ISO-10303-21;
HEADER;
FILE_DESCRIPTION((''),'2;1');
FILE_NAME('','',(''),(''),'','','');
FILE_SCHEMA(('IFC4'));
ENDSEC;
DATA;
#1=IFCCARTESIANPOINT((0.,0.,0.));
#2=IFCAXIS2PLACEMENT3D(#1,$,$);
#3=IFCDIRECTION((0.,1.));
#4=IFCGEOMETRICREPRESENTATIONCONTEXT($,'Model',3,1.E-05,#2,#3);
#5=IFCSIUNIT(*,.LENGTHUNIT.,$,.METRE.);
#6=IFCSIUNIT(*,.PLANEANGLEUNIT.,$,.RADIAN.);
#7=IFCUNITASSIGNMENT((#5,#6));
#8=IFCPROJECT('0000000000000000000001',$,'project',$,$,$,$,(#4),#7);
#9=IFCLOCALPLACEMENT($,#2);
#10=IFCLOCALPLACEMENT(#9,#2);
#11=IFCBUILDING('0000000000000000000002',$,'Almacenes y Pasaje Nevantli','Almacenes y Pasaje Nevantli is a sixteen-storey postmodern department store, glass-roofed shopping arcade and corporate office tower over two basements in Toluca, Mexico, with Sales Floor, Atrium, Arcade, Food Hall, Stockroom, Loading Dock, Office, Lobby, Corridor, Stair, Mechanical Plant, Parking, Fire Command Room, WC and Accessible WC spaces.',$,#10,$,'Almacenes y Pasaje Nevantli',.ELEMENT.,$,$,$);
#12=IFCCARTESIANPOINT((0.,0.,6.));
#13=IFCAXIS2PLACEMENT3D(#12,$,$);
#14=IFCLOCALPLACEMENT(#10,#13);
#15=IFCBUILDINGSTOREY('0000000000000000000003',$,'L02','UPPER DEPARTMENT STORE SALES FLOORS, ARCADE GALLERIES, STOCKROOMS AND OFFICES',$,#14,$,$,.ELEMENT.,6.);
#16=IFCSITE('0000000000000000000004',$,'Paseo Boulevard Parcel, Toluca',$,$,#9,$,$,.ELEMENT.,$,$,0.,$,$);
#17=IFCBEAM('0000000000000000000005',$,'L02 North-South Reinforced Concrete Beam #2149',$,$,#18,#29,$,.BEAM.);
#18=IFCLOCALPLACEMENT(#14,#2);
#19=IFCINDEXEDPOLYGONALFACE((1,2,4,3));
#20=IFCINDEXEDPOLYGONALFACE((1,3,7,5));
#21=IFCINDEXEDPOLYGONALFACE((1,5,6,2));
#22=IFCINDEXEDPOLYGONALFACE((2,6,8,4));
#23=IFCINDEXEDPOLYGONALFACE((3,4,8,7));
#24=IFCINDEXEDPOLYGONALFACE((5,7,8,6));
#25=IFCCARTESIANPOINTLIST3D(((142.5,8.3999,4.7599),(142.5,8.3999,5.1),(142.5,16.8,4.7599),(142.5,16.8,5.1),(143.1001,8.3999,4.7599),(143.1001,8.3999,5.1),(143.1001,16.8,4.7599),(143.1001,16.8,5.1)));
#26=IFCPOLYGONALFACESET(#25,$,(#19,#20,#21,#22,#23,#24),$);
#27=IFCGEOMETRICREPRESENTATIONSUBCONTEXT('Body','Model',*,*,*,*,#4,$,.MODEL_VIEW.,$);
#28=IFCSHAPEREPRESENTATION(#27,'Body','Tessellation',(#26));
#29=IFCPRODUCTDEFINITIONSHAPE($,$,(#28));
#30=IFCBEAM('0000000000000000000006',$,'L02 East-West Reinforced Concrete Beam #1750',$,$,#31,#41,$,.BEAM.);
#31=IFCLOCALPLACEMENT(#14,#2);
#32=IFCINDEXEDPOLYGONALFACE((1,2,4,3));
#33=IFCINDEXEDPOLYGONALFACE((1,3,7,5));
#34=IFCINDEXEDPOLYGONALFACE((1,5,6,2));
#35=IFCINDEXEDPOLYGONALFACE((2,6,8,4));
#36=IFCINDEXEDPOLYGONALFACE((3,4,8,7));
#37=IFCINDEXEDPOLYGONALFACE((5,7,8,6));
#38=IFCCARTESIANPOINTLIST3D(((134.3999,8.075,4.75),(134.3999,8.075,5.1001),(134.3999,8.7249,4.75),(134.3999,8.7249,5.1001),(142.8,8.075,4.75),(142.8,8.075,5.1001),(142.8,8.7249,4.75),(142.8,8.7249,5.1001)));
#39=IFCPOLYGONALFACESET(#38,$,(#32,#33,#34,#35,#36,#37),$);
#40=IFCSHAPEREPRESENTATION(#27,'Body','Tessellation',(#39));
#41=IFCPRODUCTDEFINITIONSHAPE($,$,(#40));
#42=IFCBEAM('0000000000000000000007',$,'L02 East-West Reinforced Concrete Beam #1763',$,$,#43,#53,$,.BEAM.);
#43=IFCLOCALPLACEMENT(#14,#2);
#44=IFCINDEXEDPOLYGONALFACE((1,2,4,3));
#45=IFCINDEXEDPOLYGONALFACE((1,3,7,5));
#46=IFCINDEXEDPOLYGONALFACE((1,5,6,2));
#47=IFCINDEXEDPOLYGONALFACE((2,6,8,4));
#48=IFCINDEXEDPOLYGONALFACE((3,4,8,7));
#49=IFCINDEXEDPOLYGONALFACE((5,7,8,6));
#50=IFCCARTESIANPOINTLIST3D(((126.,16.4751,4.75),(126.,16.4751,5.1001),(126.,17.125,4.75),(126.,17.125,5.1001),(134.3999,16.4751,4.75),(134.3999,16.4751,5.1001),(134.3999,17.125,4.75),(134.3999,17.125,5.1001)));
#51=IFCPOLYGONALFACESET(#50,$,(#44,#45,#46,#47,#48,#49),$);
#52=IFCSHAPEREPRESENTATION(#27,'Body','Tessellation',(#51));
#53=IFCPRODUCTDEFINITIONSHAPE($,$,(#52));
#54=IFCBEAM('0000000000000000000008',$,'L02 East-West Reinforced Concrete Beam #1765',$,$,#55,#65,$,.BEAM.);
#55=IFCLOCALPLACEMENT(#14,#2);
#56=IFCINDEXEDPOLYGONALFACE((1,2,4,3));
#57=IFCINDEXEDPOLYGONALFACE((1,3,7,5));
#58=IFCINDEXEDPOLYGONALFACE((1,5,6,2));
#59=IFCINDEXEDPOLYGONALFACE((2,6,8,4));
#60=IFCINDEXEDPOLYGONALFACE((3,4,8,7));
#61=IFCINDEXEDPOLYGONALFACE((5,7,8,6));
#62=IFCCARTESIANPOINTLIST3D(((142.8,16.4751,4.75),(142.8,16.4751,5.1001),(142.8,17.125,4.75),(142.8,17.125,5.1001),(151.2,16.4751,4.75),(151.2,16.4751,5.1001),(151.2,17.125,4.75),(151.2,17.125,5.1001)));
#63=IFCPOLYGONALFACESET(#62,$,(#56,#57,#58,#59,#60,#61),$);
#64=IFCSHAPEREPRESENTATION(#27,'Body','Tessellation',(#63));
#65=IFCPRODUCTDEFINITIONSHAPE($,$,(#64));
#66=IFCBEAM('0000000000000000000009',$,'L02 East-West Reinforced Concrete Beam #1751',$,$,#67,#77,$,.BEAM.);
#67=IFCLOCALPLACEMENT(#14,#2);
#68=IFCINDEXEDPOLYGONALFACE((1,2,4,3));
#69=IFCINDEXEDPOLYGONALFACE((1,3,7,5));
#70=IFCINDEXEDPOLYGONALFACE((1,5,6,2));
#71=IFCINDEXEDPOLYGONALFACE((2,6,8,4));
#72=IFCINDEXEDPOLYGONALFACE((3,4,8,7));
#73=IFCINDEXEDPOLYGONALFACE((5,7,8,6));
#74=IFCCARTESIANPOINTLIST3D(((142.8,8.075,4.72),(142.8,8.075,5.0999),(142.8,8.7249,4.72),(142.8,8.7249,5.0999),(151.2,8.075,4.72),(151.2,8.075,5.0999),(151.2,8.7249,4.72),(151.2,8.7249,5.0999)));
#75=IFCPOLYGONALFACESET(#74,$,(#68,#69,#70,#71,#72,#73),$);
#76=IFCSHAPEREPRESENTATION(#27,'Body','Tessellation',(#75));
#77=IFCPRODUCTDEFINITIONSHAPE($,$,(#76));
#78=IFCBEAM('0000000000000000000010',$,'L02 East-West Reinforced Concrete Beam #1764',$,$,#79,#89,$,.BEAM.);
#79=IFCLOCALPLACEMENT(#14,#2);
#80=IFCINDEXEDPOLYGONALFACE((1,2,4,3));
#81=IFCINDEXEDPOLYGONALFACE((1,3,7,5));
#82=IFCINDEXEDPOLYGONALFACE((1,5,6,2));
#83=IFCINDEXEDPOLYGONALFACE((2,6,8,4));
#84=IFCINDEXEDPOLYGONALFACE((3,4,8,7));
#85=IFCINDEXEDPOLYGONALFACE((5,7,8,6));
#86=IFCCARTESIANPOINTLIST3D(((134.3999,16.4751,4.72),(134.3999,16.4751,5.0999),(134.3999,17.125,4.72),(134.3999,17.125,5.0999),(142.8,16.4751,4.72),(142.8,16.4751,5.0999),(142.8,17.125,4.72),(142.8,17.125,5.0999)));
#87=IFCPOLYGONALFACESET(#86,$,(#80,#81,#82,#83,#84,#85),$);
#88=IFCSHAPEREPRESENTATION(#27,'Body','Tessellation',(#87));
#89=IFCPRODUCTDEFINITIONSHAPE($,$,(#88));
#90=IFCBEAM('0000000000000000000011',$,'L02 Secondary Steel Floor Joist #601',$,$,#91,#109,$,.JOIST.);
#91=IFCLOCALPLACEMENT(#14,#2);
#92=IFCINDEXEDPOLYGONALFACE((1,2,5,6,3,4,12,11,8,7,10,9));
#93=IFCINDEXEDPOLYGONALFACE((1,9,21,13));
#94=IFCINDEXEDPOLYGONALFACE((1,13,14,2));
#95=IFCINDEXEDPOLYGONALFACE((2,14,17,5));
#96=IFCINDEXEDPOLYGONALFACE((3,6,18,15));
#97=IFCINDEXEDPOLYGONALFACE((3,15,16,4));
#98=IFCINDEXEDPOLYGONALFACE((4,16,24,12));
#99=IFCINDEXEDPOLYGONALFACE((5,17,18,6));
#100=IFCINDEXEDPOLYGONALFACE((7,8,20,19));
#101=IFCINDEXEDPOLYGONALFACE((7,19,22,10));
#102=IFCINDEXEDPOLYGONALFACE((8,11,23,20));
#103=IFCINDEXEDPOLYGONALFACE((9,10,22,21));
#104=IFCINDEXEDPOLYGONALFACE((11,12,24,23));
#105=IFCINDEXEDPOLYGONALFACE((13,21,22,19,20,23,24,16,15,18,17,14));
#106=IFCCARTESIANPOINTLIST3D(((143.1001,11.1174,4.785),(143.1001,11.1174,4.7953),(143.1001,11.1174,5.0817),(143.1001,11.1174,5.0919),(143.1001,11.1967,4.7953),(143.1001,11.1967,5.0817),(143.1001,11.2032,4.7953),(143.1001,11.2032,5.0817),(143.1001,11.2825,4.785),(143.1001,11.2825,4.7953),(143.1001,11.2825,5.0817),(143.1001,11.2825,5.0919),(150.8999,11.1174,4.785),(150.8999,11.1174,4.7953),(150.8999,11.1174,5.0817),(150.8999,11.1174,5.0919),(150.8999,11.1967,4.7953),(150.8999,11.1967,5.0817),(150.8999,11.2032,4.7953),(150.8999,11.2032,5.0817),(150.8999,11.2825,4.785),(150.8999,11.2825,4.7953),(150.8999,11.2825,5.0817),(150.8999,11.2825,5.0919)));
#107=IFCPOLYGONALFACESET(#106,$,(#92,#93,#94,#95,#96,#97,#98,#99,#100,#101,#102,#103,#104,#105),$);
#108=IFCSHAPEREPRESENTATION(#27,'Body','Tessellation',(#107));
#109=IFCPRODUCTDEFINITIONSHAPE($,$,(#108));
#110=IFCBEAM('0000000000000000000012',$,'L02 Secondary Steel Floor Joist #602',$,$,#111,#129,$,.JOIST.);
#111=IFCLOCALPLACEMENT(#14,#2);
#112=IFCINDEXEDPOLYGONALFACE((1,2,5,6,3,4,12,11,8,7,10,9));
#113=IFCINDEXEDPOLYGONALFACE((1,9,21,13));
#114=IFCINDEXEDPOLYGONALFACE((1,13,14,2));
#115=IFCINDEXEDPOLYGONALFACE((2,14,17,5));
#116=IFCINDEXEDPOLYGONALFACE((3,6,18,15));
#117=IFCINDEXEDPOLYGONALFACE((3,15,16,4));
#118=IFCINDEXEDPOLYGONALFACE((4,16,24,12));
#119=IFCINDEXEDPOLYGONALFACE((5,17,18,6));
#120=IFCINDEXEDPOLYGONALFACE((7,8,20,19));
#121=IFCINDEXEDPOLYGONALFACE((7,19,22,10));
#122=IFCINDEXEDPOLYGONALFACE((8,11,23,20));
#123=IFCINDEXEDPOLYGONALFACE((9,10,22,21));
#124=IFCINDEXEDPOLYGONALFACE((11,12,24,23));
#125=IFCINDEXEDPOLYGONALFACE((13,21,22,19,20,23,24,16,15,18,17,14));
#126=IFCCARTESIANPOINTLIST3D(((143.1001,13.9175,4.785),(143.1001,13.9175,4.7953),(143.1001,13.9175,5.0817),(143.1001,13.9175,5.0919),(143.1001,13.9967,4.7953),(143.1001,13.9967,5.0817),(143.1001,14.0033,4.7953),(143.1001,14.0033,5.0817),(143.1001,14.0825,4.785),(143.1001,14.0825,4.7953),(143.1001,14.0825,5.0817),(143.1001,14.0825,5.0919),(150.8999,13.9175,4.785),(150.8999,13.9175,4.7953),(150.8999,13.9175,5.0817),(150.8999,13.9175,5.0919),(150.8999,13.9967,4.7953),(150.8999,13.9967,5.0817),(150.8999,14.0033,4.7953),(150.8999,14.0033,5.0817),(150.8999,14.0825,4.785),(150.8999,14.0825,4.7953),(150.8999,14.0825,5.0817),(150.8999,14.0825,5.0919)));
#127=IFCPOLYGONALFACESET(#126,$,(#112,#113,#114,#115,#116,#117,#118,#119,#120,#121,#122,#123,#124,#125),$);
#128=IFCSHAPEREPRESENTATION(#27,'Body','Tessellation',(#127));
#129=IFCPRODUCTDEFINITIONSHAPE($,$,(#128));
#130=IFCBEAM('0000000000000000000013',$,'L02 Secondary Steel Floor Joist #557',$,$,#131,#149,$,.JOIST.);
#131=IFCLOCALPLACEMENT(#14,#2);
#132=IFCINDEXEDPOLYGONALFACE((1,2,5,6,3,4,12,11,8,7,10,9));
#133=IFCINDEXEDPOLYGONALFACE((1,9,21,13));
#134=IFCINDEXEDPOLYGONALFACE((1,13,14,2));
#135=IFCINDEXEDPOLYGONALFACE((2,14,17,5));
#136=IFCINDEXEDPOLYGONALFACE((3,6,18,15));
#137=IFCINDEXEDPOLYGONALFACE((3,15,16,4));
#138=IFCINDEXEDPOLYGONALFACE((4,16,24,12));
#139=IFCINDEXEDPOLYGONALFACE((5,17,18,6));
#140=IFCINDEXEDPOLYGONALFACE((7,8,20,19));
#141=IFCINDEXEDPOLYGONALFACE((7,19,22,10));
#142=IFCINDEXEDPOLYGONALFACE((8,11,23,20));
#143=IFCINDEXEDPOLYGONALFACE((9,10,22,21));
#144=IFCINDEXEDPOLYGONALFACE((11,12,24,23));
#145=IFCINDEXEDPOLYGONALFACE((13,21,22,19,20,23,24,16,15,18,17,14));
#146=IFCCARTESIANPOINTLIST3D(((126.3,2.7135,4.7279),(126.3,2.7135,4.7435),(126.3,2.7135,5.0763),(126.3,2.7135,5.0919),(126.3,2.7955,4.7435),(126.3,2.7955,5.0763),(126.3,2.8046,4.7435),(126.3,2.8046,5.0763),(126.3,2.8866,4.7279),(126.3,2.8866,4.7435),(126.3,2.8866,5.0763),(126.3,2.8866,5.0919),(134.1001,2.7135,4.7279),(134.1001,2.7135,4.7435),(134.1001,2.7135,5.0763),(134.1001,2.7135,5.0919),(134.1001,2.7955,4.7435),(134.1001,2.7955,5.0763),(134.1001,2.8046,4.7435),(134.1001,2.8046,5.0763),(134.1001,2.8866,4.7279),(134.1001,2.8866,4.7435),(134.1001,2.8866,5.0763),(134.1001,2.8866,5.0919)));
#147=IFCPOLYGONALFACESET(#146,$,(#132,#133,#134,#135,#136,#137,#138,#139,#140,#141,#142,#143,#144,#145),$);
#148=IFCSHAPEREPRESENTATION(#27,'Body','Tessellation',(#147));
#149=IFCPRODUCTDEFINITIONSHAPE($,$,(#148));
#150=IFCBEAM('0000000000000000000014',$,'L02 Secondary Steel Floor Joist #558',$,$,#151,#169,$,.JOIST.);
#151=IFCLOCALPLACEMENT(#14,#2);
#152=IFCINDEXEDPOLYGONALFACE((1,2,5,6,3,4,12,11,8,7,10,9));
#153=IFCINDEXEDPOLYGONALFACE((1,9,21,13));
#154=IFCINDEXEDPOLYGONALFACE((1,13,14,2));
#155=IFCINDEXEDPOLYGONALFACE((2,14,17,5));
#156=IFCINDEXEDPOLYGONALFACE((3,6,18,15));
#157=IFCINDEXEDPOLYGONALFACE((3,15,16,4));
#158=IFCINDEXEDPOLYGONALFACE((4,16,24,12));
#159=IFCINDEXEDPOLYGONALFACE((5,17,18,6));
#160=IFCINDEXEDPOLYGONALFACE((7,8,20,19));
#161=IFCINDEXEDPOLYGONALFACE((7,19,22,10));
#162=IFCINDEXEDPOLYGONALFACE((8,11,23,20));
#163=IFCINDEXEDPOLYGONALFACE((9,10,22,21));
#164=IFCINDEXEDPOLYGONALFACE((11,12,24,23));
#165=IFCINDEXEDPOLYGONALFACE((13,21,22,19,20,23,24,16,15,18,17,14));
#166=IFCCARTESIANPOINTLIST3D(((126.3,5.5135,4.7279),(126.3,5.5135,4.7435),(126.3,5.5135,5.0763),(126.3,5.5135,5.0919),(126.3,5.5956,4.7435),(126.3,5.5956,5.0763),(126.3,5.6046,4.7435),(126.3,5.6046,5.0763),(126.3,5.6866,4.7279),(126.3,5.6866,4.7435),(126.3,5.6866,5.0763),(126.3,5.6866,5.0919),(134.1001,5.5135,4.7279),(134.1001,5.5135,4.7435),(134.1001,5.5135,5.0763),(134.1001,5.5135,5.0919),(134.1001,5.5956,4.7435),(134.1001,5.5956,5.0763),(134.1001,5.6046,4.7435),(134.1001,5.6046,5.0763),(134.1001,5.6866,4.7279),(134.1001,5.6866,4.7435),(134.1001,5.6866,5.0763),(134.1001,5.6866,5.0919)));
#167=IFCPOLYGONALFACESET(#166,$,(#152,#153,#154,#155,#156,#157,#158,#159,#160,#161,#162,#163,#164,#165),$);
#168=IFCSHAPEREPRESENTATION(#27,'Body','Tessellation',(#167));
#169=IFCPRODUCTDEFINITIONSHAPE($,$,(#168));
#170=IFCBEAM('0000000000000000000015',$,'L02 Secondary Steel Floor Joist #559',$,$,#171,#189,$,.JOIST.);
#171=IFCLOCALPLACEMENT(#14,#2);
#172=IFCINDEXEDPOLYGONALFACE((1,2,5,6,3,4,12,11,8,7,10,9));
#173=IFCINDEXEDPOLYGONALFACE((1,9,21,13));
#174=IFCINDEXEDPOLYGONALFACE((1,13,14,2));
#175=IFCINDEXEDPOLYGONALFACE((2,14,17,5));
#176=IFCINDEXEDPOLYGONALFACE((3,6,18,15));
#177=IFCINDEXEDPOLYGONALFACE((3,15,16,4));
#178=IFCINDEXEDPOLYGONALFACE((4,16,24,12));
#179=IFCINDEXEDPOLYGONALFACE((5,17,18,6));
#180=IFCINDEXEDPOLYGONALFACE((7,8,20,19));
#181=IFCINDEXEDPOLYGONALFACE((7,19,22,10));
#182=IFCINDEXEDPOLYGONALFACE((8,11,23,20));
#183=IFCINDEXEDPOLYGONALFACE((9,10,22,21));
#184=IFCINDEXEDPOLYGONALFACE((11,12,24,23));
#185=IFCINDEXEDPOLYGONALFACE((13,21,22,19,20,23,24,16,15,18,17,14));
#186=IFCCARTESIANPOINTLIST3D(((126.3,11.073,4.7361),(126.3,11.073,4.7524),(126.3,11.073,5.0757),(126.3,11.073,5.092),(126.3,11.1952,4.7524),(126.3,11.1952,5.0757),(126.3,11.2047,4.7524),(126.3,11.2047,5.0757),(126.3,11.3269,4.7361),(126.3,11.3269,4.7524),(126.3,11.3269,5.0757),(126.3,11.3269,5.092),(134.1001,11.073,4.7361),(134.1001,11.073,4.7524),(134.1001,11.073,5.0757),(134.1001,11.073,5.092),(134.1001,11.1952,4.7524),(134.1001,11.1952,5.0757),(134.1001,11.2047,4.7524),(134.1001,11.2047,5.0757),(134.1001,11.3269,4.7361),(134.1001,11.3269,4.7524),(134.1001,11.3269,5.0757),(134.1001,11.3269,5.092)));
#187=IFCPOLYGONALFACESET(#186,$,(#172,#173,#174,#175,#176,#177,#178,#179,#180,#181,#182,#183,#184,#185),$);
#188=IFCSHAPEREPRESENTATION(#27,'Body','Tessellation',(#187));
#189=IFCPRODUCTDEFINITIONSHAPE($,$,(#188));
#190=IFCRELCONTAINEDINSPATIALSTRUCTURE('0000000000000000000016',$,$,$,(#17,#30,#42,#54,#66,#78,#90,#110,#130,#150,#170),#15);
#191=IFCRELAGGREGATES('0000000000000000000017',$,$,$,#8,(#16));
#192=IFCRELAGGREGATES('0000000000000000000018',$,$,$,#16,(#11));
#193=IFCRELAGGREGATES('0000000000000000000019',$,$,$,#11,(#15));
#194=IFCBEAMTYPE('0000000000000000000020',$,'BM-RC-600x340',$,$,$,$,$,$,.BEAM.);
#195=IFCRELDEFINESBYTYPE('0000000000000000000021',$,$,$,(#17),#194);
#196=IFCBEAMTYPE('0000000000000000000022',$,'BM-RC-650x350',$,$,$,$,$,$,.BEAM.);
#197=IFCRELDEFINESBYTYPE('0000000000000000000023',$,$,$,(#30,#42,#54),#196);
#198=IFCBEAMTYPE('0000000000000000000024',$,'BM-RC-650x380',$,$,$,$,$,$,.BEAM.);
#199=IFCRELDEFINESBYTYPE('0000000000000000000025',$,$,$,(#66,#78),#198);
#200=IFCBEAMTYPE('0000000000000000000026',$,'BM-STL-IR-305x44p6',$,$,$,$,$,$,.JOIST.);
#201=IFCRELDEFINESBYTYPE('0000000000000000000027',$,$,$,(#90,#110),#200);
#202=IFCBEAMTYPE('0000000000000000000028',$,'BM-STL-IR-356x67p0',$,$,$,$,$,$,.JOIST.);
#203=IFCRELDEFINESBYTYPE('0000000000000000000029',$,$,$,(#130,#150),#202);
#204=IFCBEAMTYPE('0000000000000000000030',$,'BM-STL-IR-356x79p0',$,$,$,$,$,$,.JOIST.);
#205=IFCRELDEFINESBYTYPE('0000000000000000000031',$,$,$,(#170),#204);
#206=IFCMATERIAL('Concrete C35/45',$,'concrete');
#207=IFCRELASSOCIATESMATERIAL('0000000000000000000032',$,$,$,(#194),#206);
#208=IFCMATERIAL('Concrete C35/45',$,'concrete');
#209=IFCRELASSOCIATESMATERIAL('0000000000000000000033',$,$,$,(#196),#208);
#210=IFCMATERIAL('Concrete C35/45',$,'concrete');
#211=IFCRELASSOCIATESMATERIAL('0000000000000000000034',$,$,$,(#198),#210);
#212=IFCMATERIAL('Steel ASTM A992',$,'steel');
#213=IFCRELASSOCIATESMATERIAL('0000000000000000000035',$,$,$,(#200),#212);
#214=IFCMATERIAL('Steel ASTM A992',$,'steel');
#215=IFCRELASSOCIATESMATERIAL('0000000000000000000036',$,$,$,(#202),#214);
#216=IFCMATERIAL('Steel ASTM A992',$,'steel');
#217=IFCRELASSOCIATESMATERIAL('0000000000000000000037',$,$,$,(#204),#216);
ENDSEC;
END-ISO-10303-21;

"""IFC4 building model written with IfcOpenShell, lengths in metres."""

from ifc_helpers import new_model, si_unit, direction, frame, origin, origin_2d, place, context, subcontext, project, spatial, rectangle, i_section, extrude, material, material_profile, profile_set, type_object, element, save


model = new_model("IFC4")

# Units and contexts
model_context = context("Model", 3, precision=1e-05, world=origin(), true_north=direction((0.0, 1.0)))
body_context = subcontext(model_context, "Body", "Model", "MODEL_VIEW")
ifc_project = project(units=[si_unit("LENGTHUNIT", "METRE"), si_unit("PLANEANGLEUNIT", "RADIAN")], contexts=[model_context])

# Site, building, storey
site_placement = place(None, origin())
site = spatial("IfcSite", under=ifc_project, at=site_placement, Name="Paseo Boulevard Parcel, Toluca", CompositionType="ELEMENT", RefElevation=0.0)
building_placement = place(site_placement, origin())
building = spatial("IfcBuilding", under=site, at=building_placement, Name="Almacenes y Pasaje Nevantli", Description="Almacenes y Pasaje Nevantli is a sixteen-storey postmodern department store, glass-roofed shopping arcade and corporate office tower over two basements in Toluca, Mexico, with Sales Floor, Atrium, Arcade, Food Hall, Stockroom, Loading Dock, Office, Lobby, Corridor, Stair, Mechanical Plant, Parking, Fire Command Room, WC and Accessible WC spaces.", LongName="Almacenes y Pasaje Nevantli", CompositionType="ELEMENT")
storey_placement = place(building_placement, frame((0.0, 0.0, 6.0)))
storey = spatial("IfcBuildingStorey", under=building, at=storey_placement, Name="L02", Description="UPPER DEPARTMENT STORE SALES FLOORS, ARCADE GALLERIES, STOCKROOMS AND OFFICES", CompositionType="ELEMENT", Elevation=6.0)

# Beams
ifc_material_1 = material(Name="Concrete C35/45", Category="concrete")
ifc_material_profile_1 = material_profile(ifc_material_1, rectangle(XDim=0.6001, YDim=0.3401, at=origin_2d()), Name="RC-BM-600x340")
ifc_profile_set_1 = profile_set([ifc_material_profile_1], Name="Concrete C35/45")
beam_type_1 = type_object("IfcBeamType", Name="BM-RC-600x340", PredefinedType="BEAM", material=ifc_profile_set_1)
beam_1_placement = place(storey_placement, frame((142.8, 8.3999, 4.9299), z_axis=(0.0, 1.0, 0.0), x_axis=(-1.0, 0.0, 0.0)))
element("IfcBeam", 1, at=beam_1_placement, inside=storey, type_object=beam_type_1, Name="L02 North-South Reinforced Concrete Beam #2149", PredefinedType="BEAM", context=body_context, shape_type="SweptSolid", body=[
    extrude(rectangle(XDim=0.6001, YDim=0.3401, at=origin_2d()), origin(), (0.0, 0.0, 1.0), 8.4001),
])
ifc_material_2 = material(Name="Concrete C35/45", Category="concrete")
ifc_material_profile_2 = material_profile(ifc_material_2, rectangle(XDim=0.6499, YDim=0.3501, at=origin_2d()), Name="RC-BM-650x350")
ifc_profile_set_2 = profile_set([ifc_material_profile_2], Name="Concrete C35/45")
beam_type_2 = type_object("IfcBeamType", Name="BM-RC-650x350", PredefinedType="BEAM", material=ifc_profile_set_2)
beam_2_placement = place(storey_placement, frame((134.3999, 8.3999, 4.925), z_axis=(1.0, 0.0, 0.0), x_axis=(0.0, 1.0, 0.0)))
element("IfcBeam", 2, at=beam_2_placement, inside=storey, type_object=beam_type_2, Name="L02 East-West Reinforced Concrete Beam #1750", PredefinedType="BEAM", context=body_context, shape_type="SweptSolid", body=[
    extrude(rectangle(XDim=0.6499, YDim=0.3501, at=origin_2d()), origin(), (0.0, 0.0, 1.0), 8.4001),
])
for number, where, z_axis, x_axis, name in (
    (3, (126.0, 16.8, 4.925), (1.0, 0.0, 0.0), (0.0, 1.0, 0.0), "L02 East-West Reinforced Concrete Beam #1763"),
    (4, (142.8, 16.8, 4.925), (1.0, 0.0, 0.0), (0.0, 1.0, 0.0), "L02 East-West Reinforced Concrete Beam #1765"),
):
    element("IfcBeam", number, at=place(storey_placement, frame(where, z_axis=z_axis, x_axis=x_axis)), inside=storey, type_object=beam_type_2, Name=name, PredefinedType="BEAM", context=body_context, shape_type="SweptSolid", body=[
        extrude(rectangle(XDim=0.6499, YDim=0.3501, at=origin_2d()), origin(), (0.0, 0.0, 1.0), 8.3999),
    ])
ifc_material_3 = material(Name="Concrete C35/45", Category="concrete")
ifc_material_profile_3 = material_profile(ifc_material_3, rectangle(XDim=0.6499, YDim=0.3799, at=origin_2d()), Name="RC-BM-650x380")
ifc_profile_set_3 = profile_set([ifc_material_profile_3], Name="Concrete C35/45")
beam_type_3 = type_object("IfcBeamType", Name="BM-RC-650x380", PredefinedType="BEAM", material=ifc_profile_set_3)
beam_3_placement = place(storey_placement, frame((142.8, 8.3999, 4.9099), z_axis=(1.0, 0.0, 0.0), x_axis=(0.0, 1.0, 0.0)))
element("IfcBeam", 5, at=beam_3_placement, inside=storey, type_object=beam_type_3, Name="L02 East-West Reinforced Concrete Beam #1751", PredefinedType="BEAM", context=body_context, shape_type="SweptSolid", body=[
    extrude(rectangle(XDim=0.6499, YDim=0.3799, at=origin_2d()), origin(), (0.0, 0.0, 1.0), 8.3999),
])
beam_4_placement = place(storey_placement, frame((134.3999, 16.8, 4.9099), z_axis=(1.0, 0.0, 0.0), x_axis=(0.0, 1.0, 0.0)))
element("IfcBeam", 6, at=beam_4_placement, inside=storey, type_object=beam_type_3, Name="L02 East-West Reinforced Concrete Beam #1764", PredefinedType="BEAM", context=body_context, shape_type="SweptSolid", body=[
    extrude(rectangle(XDim=0.6499, YDim=0.3799, at=origin_2d()), origin(), (0.0, 0.0, 1.0), 8.4001),
])
ifc_material_4 = material(Name="Steel ASTM A992", Category="steel")
ifc_material_profile_4 = material_profile(ifc_material_4, i_section(OverallWidth=0.165, OverallDepth=0.3069, WebThickness=0.0066, FlangeThickness=0.0103, at=origin_2d()), Name="IR 305x44.6")
ifc_profile_set_4 = profile_set([ifc_material_profile_4], Name="Steel ASTM A992")
beam_type_4 = type_object("IfcBeamType", Name="BM-STL-IR-305x44p6", PredefinedType="JOIST", material=ifc_profile_set_4)
for number, where, z_axis, x_axis, name in (
    (7, (143.1001, 11.2, 4.9385), (1.0, 0.0, 0.0), (0.0, 1.0, 0.0), "L02 Secondary Steel Floor Joist #601"),
    (8, (143.1001, 14.0, 4.9385), (1.0, 0.0, 0.0), (0.0, 1.0, 0.0), "L02 Secondary Steel Floor Joist #602"),
):
    element("IfcBeam", number, at=place(storey_placement, frame(where, z_axis=z_axis, x_axis=x_axis)), inside=storey, type_object=beam_type_4, Name=name, PredefinedType="JOIST", context=body_context, shape_type="SweptSolid", body=[
        extrude(i_section(OverallWidth=0.165, OverallDepth=0.3069, WebThickness=0.0066, FlangeThickness=0.0103, at=origin_2d()), origin(), (0.0, 0.0, 1.0), 7.7998),
    ])
ifc_material_5 = material(Name="Steel ASTM A992", Category="steel")
ifc_material_profile_5 = material_profile(ifc_material_5, i_section(OverallWidth=0.1731, OverallDepth=0.364, WebThickness=0.009, FlangeThickness=0.0156, at=origin_2d()), Name="IR 356x67.0")
ifc_profile_set_5 = profile_set([ifc_material_profile_5], Name="Steel ASTM A992")
beam_type_5 = type_object("IfcBeamType", Name="BM-STL-IR-356x67p0", PredefinedType="JOIST", material=ifc_profile_set_5)
for number, where, z_axis, x_axis, name in (
    (9, (126.3, 2.8, 4.9099), (1.0, 0.0, 0.0), (0.0, 1.0, 0.0), "L02 Secondary Steel Floor Joist #557"),
    (10, (126.3, 5.6001, 4.9099), (1.0, 0.0, 0.0), (0.0, 1.0, 0.0), "L02 Secondary Steel Floor Joist #558"),
):
    element("IfcBeam", number, at=place(storey_placement, frame(where, z_axis=z_axis, x_axis=x_axis)), inside=storey, type_object=beam_type_5, Name=name, PredefinedType="JOIST", context=body_context, shape_type="SweptSolid", body=[
        extrude(i_section(OverallWidth=0.1731, OverallDepth=0.364, WebThickness=0.009, FlangeThickness=0.0156, at=origin_2d()), origin(), (0.0, 0.0, 1.0), 7.8),
    ])
ifc_material_6 = material(Name="Steel ASTM A992", Category="steel")
ifc_material_profile_6 = material_profile(ifc_material_6, i_section(OverallWidth=0.2539, OverallDepth=0.356, WebThickness=0.0095, FlangeThickness=0.0164, at=origin_2d()), Name="IR 356x79.0")
ifc_profile_set_6 = profile_set([ifc_material_profile_6], Name="Steel ASTM A992")
beam_type_6 = type_object("IfcBeamType", Name="BM-STL-IR-356x79p0", PredefinedType="JOIST", material=ifc_profile_set_6)
for number, where, z_axis, x_axis, name in (
    (11, (126.3, 11.2, 4.9141), (1.0, 0.0, 0.0), (0.0, 1.0, 0.0), "L02 Secondary Steel Floor Joist #559"),
):
    element("IfcBeam", number, at=place(storey_placement, frame(where, z_axis=z_axis, x_axis=x_axis)), inside=storey, type_object=beam_type_6, Name=name, PredefinedType="JOIST", context=body_context, shape_type="SweptSolid", body=[
        extrude(i_section(OverallWidth=0.2539, OverallDepth=0.356, WebThickness=0.0095, FlangeThickness=0.0164, at=origin_2d()), origin(), (0.0, 0.0, 1.0), 7.8),
    ])

save(model, "model.ifc")
